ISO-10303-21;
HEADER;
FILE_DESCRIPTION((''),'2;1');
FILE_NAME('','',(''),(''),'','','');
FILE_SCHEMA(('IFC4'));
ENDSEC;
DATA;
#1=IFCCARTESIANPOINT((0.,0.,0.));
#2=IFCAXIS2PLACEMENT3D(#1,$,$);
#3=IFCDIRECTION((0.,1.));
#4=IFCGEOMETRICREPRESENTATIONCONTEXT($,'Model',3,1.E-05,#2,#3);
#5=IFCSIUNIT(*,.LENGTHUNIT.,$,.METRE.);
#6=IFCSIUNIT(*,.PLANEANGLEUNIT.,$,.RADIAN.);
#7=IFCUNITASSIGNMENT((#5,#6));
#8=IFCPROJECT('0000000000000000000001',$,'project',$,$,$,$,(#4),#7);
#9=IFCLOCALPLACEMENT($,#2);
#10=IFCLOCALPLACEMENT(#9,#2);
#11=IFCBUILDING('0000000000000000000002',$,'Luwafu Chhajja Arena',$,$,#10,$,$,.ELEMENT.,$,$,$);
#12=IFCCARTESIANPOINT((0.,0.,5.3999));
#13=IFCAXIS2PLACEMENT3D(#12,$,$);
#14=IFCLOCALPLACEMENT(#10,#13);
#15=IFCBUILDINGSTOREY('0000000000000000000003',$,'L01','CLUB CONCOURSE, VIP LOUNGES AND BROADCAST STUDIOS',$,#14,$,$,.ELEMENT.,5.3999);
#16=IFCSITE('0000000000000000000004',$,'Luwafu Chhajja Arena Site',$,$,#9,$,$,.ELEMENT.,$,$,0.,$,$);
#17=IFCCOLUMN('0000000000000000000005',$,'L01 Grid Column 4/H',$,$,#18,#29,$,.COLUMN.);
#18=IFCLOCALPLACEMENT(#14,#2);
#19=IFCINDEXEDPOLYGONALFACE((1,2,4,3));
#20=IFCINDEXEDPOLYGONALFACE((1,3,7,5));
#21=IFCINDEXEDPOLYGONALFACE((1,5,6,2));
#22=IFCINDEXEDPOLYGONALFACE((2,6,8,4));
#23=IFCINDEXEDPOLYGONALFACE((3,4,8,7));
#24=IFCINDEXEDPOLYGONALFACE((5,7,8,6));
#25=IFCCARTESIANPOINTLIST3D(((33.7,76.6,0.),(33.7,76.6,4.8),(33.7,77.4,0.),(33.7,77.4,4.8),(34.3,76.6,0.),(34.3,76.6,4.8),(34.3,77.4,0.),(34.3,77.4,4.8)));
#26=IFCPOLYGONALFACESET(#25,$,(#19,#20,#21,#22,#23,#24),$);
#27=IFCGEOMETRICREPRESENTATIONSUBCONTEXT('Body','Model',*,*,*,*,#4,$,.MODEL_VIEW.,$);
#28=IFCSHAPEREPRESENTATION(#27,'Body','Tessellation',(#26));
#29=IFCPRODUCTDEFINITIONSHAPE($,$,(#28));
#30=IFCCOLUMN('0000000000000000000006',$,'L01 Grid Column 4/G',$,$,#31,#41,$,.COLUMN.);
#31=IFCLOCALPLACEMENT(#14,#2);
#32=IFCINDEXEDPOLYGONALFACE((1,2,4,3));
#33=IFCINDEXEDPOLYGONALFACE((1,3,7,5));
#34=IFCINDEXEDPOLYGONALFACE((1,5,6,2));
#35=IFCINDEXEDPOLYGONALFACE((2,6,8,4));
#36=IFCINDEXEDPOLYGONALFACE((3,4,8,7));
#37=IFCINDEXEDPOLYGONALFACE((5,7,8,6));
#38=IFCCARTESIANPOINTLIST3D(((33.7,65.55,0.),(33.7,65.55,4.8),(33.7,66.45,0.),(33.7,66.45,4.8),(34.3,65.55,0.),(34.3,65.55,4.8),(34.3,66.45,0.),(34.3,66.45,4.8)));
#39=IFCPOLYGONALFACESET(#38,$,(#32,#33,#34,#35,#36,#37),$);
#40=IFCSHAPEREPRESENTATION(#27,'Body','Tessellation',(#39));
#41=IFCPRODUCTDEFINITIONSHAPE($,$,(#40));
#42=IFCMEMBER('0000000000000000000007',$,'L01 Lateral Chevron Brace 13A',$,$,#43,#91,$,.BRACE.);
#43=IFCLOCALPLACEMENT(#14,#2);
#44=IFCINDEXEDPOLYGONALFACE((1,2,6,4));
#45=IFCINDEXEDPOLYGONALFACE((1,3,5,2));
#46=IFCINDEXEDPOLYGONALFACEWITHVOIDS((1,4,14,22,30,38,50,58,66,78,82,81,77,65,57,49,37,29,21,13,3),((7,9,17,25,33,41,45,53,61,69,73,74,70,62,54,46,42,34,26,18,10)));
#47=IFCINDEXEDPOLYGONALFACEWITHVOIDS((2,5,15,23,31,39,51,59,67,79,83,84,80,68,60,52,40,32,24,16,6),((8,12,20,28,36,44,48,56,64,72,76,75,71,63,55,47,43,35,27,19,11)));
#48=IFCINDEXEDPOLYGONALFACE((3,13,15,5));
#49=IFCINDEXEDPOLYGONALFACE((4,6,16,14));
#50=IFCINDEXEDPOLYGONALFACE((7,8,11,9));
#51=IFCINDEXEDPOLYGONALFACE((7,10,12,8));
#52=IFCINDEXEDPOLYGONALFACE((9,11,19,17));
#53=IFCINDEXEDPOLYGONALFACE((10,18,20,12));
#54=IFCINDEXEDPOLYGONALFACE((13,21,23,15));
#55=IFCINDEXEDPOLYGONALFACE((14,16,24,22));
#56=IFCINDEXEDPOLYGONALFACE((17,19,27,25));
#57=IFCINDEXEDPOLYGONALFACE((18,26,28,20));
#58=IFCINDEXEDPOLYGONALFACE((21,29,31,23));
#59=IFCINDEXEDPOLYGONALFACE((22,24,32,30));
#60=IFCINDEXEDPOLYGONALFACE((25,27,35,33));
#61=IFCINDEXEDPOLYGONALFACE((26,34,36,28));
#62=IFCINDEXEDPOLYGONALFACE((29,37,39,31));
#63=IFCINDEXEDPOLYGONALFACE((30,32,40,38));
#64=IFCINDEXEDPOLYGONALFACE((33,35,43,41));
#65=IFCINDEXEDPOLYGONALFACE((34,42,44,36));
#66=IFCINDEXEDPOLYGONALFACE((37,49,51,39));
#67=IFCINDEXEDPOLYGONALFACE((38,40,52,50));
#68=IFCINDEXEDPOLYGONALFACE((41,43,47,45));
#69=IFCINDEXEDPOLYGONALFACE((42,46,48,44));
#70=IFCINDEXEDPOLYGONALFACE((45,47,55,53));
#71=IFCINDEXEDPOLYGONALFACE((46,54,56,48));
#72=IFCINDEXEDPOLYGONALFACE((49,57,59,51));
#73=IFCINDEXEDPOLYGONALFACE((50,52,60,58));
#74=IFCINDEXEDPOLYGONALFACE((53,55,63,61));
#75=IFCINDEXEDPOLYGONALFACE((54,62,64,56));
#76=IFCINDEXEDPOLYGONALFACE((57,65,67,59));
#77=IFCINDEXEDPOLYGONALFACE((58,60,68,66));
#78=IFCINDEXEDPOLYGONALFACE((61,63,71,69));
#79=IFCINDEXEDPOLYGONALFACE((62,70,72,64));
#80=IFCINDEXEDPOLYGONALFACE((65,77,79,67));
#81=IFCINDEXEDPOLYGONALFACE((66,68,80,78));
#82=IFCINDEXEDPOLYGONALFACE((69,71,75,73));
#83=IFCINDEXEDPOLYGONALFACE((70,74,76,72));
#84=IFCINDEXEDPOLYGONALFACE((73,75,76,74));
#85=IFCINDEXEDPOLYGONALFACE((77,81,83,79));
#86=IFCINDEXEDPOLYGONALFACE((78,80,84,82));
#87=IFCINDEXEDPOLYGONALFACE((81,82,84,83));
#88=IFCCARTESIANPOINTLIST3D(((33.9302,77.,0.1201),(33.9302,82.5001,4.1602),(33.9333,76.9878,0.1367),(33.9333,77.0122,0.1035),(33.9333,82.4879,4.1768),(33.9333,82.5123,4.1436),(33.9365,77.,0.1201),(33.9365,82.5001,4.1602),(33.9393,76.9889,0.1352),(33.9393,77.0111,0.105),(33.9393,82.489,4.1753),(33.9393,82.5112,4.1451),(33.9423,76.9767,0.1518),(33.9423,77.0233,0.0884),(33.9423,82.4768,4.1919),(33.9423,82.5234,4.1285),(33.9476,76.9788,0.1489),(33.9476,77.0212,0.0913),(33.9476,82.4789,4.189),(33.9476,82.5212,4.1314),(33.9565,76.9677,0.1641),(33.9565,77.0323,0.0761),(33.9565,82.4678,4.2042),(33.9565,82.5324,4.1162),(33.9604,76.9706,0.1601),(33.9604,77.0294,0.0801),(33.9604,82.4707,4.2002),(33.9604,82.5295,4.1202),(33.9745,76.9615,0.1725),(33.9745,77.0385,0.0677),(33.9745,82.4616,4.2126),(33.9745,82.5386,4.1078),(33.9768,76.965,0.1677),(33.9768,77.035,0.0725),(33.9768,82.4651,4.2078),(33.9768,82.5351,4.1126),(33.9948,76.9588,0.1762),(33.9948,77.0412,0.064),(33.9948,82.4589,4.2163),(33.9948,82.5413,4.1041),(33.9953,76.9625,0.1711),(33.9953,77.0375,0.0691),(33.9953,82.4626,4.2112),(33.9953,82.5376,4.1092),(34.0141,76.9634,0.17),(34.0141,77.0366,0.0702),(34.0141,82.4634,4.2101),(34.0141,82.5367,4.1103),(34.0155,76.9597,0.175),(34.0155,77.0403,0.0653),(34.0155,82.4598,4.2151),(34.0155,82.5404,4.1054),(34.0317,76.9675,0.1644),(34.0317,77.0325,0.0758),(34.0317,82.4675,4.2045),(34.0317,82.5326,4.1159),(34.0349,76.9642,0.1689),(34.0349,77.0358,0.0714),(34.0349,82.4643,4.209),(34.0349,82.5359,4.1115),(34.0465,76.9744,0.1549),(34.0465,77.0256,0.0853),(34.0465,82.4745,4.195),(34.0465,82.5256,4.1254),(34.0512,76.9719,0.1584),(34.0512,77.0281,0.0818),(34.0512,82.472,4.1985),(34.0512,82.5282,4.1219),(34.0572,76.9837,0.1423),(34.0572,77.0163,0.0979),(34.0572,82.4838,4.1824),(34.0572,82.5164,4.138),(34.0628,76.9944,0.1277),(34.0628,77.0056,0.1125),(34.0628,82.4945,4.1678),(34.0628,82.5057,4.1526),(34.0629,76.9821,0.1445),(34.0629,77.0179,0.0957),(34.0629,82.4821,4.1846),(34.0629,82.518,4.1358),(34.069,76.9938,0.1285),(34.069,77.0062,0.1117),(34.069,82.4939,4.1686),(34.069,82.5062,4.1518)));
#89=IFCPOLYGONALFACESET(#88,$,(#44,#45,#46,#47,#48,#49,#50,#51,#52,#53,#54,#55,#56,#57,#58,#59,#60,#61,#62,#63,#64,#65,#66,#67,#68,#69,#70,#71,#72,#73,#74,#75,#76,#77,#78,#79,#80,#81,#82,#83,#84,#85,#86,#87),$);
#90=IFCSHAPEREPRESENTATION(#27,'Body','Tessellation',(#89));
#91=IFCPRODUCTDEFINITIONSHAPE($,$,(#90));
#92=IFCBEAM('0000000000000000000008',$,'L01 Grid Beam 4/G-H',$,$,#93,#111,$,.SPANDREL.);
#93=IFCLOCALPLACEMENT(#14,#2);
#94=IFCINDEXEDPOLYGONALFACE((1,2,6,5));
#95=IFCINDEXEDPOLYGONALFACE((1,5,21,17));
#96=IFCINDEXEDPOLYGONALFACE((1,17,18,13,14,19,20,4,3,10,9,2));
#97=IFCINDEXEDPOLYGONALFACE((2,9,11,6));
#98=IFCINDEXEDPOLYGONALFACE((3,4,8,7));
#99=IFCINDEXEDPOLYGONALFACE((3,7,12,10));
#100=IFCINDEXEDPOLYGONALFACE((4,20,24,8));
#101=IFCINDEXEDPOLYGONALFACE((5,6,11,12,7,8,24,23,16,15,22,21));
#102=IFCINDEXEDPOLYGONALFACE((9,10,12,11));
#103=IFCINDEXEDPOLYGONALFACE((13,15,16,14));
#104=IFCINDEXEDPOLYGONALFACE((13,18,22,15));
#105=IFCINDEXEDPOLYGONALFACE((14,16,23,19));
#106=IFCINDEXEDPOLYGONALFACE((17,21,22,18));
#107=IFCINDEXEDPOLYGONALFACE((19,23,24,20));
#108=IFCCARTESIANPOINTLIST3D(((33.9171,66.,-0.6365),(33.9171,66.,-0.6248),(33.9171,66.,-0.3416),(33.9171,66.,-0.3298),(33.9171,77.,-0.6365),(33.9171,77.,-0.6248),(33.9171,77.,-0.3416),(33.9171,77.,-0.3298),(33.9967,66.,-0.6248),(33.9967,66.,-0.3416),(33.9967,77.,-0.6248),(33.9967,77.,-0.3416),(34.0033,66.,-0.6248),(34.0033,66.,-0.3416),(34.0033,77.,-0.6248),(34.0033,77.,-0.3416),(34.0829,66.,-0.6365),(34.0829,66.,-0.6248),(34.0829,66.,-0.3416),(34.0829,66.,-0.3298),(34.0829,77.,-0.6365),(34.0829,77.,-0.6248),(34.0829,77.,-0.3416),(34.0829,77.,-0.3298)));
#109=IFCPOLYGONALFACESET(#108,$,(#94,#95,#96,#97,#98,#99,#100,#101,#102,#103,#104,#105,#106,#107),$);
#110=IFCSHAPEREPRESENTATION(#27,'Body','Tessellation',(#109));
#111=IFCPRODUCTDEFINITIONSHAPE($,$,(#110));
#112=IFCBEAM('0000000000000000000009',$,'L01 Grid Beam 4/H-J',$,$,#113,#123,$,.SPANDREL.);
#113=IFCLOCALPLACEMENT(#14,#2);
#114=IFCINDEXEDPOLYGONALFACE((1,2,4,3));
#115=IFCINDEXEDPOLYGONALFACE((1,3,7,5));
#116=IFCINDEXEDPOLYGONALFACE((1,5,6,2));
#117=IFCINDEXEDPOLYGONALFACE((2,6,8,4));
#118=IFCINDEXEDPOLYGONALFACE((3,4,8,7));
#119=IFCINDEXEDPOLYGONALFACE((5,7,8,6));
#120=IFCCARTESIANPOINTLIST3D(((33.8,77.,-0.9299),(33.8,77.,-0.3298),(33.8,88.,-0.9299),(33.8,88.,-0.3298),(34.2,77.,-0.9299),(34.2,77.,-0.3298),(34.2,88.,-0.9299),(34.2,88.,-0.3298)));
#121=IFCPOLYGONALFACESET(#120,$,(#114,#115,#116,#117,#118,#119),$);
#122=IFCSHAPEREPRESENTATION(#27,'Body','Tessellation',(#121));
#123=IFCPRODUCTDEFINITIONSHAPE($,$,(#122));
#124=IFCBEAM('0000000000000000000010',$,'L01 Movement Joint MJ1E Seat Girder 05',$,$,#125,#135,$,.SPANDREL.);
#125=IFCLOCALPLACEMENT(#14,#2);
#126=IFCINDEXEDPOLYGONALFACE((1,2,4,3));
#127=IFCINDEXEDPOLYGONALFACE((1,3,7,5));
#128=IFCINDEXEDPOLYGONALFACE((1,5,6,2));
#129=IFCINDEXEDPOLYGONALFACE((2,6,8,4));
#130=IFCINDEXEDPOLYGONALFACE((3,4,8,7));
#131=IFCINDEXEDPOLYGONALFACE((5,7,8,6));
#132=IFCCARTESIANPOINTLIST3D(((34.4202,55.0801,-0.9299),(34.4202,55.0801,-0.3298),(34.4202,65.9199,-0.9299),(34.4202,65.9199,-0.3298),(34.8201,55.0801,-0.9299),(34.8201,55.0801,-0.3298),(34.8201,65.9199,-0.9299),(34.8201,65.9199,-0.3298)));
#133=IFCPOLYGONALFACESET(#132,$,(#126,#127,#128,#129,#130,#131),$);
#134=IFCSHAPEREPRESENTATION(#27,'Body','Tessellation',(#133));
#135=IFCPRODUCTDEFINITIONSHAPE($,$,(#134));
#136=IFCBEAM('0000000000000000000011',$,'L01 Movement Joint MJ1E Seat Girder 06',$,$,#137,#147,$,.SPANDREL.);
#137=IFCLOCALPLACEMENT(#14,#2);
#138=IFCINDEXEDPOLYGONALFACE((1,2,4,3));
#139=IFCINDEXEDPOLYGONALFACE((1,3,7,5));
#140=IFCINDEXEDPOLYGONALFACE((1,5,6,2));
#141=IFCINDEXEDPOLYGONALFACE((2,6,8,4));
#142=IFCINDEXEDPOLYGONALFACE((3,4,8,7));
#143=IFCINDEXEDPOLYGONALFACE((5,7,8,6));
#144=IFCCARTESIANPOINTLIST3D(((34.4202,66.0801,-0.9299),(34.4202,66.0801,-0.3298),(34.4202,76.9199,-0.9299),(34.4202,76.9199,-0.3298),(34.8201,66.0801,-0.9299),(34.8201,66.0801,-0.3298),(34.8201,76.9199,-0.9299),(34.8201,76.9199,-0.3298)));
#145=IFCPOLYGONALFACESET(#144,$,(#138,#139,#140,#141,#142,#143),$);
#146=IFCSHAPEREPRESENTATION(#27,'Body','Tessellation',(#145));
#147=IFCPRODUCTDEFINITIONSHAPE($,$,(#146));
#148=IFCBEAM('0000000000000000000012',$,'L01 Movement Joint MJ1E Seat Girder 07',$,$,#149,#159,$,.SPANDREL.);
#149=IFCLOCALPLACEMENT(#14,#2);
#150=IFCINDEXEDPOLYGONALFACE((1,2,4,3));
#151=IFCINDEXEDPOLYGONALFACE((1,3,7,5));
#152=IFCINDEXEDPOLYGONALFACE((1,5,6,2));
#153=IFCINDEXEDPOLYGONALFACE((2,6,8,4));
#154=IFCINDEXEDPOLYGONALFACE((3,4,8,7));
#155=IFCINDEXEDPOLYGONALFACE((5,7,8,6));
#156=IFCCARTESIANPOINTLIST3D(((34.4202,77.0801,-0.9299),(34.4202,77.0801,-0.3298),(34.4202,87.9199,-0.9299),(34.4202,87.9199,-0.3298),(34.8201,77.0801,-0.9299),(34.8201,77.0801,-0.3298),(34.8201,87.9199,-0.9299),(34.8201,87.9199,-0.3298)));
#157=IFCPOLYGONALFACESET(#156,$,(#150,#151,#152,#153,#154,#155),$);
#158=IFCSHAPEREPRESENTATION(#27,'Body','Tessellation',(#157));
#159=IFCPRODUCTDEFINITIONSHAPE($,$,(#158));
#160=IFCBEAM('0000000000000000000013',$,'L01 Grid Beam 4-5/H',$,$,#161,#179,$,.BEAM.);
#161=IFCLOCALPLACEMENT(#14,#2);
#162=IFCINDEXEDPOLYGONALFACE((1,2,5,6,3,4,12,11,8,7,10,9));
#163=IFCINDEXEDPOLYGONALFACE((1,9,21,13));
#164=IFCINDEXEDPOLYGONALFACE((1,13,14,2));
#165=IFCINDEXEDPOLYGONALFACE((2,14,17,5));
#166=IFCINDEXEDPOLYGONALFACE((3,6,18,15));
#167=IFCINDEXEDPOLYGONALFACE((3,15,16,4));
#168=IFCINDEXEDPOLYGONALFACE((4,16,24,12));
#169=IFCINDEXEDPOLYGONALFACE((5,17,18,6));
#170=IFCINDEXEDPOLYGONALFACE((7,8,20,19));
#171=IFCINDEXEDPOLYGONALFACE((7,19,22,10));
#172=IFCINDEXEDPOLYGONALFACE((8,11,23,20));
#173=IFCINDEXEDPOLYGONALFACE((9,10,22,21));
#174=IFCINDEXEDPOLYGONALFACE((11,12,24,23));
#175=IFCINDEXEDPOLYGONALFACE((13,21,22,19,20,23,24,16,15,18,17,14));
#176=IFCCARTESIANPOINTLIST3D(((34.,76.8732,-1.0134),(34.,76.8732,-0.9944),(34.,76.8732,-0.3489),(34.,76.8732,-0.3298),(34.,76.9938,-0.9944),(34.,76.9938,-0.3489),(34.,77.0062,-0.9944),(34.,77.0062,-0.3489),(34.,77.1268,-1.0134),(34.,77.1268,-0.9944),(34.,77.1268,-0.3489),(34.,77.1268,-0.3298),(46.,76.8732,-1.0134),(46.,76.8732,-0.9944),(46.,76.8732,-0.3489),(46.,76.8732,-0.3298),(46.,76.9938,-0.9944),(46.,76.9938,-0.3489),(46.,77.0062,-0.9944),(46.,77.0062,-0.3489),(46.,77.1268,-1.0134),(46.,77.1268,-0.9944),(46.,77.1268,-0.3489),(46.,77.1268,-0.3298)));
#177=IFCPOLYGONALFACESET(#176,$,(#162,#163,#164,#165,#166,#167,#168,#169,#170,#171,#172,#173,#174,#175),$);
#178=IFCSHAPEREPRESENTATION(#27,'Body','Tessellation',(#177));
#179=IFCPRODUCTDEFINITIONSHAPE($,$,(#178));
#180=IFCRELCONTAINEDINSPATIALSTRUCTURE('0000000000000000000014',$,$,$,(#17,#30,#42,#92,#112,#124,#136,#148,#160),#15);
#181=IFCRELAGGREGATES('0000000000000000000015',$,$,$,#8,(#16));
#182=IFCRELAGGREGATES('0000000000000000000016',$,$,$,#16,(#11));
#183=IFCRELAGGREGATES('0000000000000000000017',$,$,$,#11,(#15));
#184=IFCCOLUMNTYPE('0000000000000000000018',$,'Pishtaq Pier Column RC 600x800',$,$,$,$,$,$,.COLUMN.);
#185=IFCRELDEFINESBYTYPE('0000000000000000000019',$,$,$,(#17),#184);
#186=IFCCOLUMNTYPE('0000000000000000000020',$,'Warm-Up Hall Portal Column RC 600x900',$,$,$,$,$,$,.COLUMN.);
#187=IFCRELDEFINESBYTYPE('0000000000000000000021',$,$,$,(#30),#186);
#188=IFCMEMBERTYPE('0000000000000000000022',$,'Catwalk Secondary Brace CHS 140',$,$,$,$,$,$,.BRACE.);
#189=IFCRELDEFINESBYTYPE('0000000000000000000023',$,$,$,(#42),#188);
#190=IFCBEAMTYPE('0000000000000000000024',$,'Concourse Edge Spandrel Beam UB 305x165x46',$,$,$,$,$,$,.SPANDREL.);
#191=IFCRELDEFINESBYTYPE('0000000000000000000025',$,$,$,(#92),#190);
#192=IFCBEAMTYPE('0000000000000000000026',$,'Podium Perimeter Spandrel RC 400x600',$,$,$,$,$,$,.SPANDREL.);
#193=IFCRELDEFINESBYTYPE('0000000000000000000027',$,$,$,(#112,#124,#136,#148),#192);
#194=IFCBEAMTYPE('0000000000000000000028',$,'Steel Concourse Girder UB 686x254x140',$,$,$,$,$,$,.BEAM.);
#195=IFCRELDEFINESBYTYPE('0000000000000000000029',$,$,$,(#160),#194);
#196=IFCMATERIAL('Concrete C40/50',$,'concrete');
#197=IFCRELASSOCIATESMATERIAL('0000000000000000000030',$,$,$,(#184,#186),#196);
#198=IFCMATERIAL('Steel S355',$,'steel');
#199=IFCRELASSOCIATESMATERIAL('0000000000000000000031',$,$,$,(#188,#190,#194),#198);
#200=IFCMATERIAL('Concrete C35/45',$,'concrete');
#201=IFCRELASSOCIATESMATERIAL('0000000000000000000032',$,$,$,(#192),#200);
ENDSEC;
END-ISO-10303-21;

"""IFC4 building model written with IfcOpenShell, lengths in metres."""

from ifc_helpers import new_model, si_unit, direction, frame, origin, origin_2d, place, context, subcontext, project, spatial, rectangle, hollow_circle, i_section, extrude, material, material_profile, profile_set, type_object, element, save


model = new_model("IFC4")

# Units and contexts
model_context = context("Model", 3, precision=1e-05, world=origin(), true_north=direction((0.0, 1.0)))
body_context = subcontext(model_context, "Body", "Model", "MODEL_VIEW")
ifc_project = project(units=[si_unit("LENGTHUNIT", "METRE"), si_unit("PLANEANGLEUNIT", "RADIAN")], contexts=[model_context])

# Site, building, storey
site_placement = place(None, origin())
site = spatial("IfcSite", under=ifc_project, at=site_placement, Name="Luwafu Chhajja Arena Site", CompositionType="ELEMENT", RefElevation=0.0)
building_placement = place(site_placement, origin())
building = spatial("IfcBuilding", under=site, at=building_placement, Name="Luwafu Chhajja Arena", CompositionType="ELEMENT")
storey_placement = place(building_placement, frame((0.0, 0.0, 5.3999)))
storey = spatial("IfcBuildingStorey", under=building, at=storey_placement, Name="L01", Description="CLUB CONCOURSE, VIP LOUNGES AND BROADCAST STUDIOS", CompositionType="ELEMENT", Elevation=5.3999)

# Columns
ifc_material_1 = material(Name="Concrete C40/50", Category="concrete")
ifc_material_profile_1 = material_profile(ifc_material_1, rectangle(XDim=0.6001, YDim=0.8, at=origin_2d()), Name="RC 600x800")
ifc_profile_set_1 = profile_set([ifc_material_profile_1], Name="Concrete C40/50")
column_type_1 = type_object("IfcColumnType", Name="Pishtaq Pier Column RC 600x800", PredefinedType="COLUMN", material=ifc_profile_set_1)
column_1_placement = place(storey_placement, frame((34.0, 77.0, 0.0), z_axis=(0.0, 0.0, 1.0), x_axis=(1.0, 0.0, 0.0)))
element("IfcColumn", 1, at=column_1_placement, inside=storey, type_object=column_type_1, Name="L01 Grid Column 4/H", PredefinedType="COLUMN", context=body_context, shape_type="SweptSolid", body=[
    extrude(rectangle(XDim=0.6001, YDim=0.8, at=origin_2d()), origin(), (0.0, 0.0, 1.0), 4.8),
])
ifc_material_profile_2 = material_profile(ifc_material_1, rectangle(XDim=0.6001, YDim=0.8999, at=origin_2d()), Name="RC 600x900")
ifc_profile_set_2 = profile_set([ifc_material_profile_2], Name="Concrete C40/50")
column_type_2 = type_object("IfcColumnType", Name="Warm-Up Hall Portal Column RC 600x900", PredefinedType="COLUMN", material=ifc_profile_set_2)
column_2_placement = place(storey_placement, frame((34.0, 66.0, 0.0), z_axis=(0.0, 0.0, 1.0), x_axis=(1.0, 0.0, 0.0)))
element("IfcColumn", 2, at=column_2_placement, inside=storey, type_object=column_type_2, Name="L01 Grid Column 4/G", PredefinedType="COLUMN", context=body_context, shape_type="SweptSolid", body=[
    extrude(rectangle(XDim=0.6001, YDim=0.8999, at=origin_2d()), origin(), (0.0, 0.0, 1.0), 4.8),
])

# Member
ifc_material_2 = material(Name="Steel S355", Category="steel")
ifc_material_profile_3 = material_profile(ifc_material_2, hollow_circle(Radius=0.0698, WallThickness=0.0063, at=origin_2d()), Name="CHS 139.7x6.3")
ifc_profile_set_3 = profile_set([ifc_material_profile_3], Name="Steel S355")
member_type = type_object("IfcMemberType", Name="Catwalk Secondary Brace CHS 140", PredefinedType="BRACE", material=ifc_profile_set_3)
member_placement = place(storey_placement, frame((34.0, 77.0, 0.1201), z_axis=(0.0, 0.805936, 0.592002), x_axis=(-1.0, 0.0, 0.0)))
element("IfcMember", 3, at=member_placement, inside=storey, type_object=member_type, Name="L01 Lateral Chevron Brace 13A", PredefinedType="BRACE", context=body_context, shape_type="SweptSolid", body=[
    extrude(hollow_circle(Radius=0.0698, WallThickness=0.0063, at=origin_2d()), origin(), (0.0, 0.0, 1.0), 6.8245),
])

# Beams
ifc_material_profile_4 = material_profile(ifc_material_2, i_section(OverallWidth=0.1658, OverallDepth=0.3066, WebThickness=0.0066, FlangeThickness=0.0117, at=origin_2d()), Name="UB 305x165x46")
ifc_profile_set_4 = profile_set([ifc_material_profile_4], Name="Steel S355")
beam_type_1 = type_object("IfcBeamType", Name="Concourse Edge Spandrel Beam UB 305x165x46", PredefinedType="SPANDREL", material=ifc_profile_set_4)
beam_1_placement = place(storey_placement, frame((34.0, 66.0, -0.4832), z_axis=(0.0, 1.0, 0.0), x_axis=(-1.0, 0.0, 0.0)))
element("IfcBeam", 4, at=beam_1_placement, inside=storey, type_object=beam_type_1, Name="L01 Grid Beam 4/G-H", PredefinedType="SPANDREL", context=body_context, shape_type="SweptSolid", body=[
    extrude(i_section(OverallWidth=0.1658, OverallDepth=0.3066, WebThickness=0.0066, FlangeThickness=0.0117, at=origin_2d()), origin(), (0.0, 0.0, 1.0), 11.0),
])
ifc_material_3 = material(Name="Concrete C35/45", Category="concrete")
ifc_material_profile_5 = material_profile(ifc_material_3, rectangle(XDim=0.3999, YDim=0.6001, at=origin_2d()), Name="RC 400x600")
ifc_profile_set_5 = profile_set([ifc_material_profile_5], Name="Concrete C35/45")
beam_type_2 = type_object("IfcBeamType", Name="Podium Perimeter Spandrel RC 400x600", PredefinedType="SPANDREL", material=ifc_profile_set_5)
beam_2_placement = place(storey_placement, frame((34.0, 77.0, -0.6299), z_axis=(0.0, 1.0, 0.0), x_axis=(-1.0, 0.0, 0.0)))
element("IfcBeam", 5, at=beam_2_placement, inside=storey, type_object=beam_type_2, Name="L01 Grid Beam 4/H-J", PredefinedType="SPANDREL", context=body_context, shape_type="SweptSolid", body=[
    extrude(rectangle(XDim=0.3999, YDim=0.6001, at=origin_2d()), origin(), (0.0, 0.0, 1.0), 11.0),
])
for number, where, z_axis, x_axis, name in (
    (6, (34.6201, 55.0801, -0.6299), (0.0, 1.0, 0.0), (-1.0, 0.0, 0.0), "L01 Movement Joint MJ1E Seat Girder 05"),
    (7, (34.6201, 66.0801, -0.6299), (0.0, 1.0, 0.0), (-1.0, 0.0, 0.0), "L01 Movement Joint MJ1E Seat Girder 06"),
    (8, (34.6201, 77.0801, -0.6299), (0.0, 1.0, 0.0), (-1.0, 0.0, 0.0), "L01 Movement Joint MJ1E Seat Girder 07"),
):
    element("IfcBeam", number, at=place(storey_placement, frame(where, z_axis=z_axis, x_axis=x_axis)), inside=storey, type_object=beam_type_2, Name=name, PredefinedType="SPANDREL", context=body_context, shape_type="SweptSolid", body=[
        extrude(rectangle(XDim=0.3999, YDim=0.6001, at=origin_2d()), origin(), (0.0, 0.0, 1.0), 10.8398),
    ])
ifc_material_profile_6 = material_profile(ifc_material_2, i_section(OverallWidth=0.2537, OverallDepth=0.6836, WebThickness=0.0125, FlangeThickness=0.019, at=origin_2d()), Name="UB 686x254x140")
ifc_profile_set_6 = profile_set([ifc_material_profile_6], Name="Steel S355")
beam_type_3 = type_object("IfcBeamType", Name="Steel Concourse Girder UB 686x254x140", PredefinedType="BEAM", material=ifc_profile_set_6)
beam_3_placement = place(storey_placement, frame((34.0, 77.0, -0.6716), z_axis=(1.0, 0.0, 0.0), x_axis=(0.0, 1.0, 0.0)))
element("IfcBeam", 9, at=beam_3_placement, inside=storey, type_object=beam_type_3, Name="L01 Grid Beam 4-5/H", PredefinedType="BEAM", context=body_context, shape_type="SweptSolid", body=[
    extrude(i_section(OverallWidth=0.2537, OverallDepth=0.6836, WebThickness=0.0125, FlangeThickness=0.019, at=origin_2d()), origin(), (0.0, 0.0, 1.0), 12.0),
])

save(model, "model.ifc")
